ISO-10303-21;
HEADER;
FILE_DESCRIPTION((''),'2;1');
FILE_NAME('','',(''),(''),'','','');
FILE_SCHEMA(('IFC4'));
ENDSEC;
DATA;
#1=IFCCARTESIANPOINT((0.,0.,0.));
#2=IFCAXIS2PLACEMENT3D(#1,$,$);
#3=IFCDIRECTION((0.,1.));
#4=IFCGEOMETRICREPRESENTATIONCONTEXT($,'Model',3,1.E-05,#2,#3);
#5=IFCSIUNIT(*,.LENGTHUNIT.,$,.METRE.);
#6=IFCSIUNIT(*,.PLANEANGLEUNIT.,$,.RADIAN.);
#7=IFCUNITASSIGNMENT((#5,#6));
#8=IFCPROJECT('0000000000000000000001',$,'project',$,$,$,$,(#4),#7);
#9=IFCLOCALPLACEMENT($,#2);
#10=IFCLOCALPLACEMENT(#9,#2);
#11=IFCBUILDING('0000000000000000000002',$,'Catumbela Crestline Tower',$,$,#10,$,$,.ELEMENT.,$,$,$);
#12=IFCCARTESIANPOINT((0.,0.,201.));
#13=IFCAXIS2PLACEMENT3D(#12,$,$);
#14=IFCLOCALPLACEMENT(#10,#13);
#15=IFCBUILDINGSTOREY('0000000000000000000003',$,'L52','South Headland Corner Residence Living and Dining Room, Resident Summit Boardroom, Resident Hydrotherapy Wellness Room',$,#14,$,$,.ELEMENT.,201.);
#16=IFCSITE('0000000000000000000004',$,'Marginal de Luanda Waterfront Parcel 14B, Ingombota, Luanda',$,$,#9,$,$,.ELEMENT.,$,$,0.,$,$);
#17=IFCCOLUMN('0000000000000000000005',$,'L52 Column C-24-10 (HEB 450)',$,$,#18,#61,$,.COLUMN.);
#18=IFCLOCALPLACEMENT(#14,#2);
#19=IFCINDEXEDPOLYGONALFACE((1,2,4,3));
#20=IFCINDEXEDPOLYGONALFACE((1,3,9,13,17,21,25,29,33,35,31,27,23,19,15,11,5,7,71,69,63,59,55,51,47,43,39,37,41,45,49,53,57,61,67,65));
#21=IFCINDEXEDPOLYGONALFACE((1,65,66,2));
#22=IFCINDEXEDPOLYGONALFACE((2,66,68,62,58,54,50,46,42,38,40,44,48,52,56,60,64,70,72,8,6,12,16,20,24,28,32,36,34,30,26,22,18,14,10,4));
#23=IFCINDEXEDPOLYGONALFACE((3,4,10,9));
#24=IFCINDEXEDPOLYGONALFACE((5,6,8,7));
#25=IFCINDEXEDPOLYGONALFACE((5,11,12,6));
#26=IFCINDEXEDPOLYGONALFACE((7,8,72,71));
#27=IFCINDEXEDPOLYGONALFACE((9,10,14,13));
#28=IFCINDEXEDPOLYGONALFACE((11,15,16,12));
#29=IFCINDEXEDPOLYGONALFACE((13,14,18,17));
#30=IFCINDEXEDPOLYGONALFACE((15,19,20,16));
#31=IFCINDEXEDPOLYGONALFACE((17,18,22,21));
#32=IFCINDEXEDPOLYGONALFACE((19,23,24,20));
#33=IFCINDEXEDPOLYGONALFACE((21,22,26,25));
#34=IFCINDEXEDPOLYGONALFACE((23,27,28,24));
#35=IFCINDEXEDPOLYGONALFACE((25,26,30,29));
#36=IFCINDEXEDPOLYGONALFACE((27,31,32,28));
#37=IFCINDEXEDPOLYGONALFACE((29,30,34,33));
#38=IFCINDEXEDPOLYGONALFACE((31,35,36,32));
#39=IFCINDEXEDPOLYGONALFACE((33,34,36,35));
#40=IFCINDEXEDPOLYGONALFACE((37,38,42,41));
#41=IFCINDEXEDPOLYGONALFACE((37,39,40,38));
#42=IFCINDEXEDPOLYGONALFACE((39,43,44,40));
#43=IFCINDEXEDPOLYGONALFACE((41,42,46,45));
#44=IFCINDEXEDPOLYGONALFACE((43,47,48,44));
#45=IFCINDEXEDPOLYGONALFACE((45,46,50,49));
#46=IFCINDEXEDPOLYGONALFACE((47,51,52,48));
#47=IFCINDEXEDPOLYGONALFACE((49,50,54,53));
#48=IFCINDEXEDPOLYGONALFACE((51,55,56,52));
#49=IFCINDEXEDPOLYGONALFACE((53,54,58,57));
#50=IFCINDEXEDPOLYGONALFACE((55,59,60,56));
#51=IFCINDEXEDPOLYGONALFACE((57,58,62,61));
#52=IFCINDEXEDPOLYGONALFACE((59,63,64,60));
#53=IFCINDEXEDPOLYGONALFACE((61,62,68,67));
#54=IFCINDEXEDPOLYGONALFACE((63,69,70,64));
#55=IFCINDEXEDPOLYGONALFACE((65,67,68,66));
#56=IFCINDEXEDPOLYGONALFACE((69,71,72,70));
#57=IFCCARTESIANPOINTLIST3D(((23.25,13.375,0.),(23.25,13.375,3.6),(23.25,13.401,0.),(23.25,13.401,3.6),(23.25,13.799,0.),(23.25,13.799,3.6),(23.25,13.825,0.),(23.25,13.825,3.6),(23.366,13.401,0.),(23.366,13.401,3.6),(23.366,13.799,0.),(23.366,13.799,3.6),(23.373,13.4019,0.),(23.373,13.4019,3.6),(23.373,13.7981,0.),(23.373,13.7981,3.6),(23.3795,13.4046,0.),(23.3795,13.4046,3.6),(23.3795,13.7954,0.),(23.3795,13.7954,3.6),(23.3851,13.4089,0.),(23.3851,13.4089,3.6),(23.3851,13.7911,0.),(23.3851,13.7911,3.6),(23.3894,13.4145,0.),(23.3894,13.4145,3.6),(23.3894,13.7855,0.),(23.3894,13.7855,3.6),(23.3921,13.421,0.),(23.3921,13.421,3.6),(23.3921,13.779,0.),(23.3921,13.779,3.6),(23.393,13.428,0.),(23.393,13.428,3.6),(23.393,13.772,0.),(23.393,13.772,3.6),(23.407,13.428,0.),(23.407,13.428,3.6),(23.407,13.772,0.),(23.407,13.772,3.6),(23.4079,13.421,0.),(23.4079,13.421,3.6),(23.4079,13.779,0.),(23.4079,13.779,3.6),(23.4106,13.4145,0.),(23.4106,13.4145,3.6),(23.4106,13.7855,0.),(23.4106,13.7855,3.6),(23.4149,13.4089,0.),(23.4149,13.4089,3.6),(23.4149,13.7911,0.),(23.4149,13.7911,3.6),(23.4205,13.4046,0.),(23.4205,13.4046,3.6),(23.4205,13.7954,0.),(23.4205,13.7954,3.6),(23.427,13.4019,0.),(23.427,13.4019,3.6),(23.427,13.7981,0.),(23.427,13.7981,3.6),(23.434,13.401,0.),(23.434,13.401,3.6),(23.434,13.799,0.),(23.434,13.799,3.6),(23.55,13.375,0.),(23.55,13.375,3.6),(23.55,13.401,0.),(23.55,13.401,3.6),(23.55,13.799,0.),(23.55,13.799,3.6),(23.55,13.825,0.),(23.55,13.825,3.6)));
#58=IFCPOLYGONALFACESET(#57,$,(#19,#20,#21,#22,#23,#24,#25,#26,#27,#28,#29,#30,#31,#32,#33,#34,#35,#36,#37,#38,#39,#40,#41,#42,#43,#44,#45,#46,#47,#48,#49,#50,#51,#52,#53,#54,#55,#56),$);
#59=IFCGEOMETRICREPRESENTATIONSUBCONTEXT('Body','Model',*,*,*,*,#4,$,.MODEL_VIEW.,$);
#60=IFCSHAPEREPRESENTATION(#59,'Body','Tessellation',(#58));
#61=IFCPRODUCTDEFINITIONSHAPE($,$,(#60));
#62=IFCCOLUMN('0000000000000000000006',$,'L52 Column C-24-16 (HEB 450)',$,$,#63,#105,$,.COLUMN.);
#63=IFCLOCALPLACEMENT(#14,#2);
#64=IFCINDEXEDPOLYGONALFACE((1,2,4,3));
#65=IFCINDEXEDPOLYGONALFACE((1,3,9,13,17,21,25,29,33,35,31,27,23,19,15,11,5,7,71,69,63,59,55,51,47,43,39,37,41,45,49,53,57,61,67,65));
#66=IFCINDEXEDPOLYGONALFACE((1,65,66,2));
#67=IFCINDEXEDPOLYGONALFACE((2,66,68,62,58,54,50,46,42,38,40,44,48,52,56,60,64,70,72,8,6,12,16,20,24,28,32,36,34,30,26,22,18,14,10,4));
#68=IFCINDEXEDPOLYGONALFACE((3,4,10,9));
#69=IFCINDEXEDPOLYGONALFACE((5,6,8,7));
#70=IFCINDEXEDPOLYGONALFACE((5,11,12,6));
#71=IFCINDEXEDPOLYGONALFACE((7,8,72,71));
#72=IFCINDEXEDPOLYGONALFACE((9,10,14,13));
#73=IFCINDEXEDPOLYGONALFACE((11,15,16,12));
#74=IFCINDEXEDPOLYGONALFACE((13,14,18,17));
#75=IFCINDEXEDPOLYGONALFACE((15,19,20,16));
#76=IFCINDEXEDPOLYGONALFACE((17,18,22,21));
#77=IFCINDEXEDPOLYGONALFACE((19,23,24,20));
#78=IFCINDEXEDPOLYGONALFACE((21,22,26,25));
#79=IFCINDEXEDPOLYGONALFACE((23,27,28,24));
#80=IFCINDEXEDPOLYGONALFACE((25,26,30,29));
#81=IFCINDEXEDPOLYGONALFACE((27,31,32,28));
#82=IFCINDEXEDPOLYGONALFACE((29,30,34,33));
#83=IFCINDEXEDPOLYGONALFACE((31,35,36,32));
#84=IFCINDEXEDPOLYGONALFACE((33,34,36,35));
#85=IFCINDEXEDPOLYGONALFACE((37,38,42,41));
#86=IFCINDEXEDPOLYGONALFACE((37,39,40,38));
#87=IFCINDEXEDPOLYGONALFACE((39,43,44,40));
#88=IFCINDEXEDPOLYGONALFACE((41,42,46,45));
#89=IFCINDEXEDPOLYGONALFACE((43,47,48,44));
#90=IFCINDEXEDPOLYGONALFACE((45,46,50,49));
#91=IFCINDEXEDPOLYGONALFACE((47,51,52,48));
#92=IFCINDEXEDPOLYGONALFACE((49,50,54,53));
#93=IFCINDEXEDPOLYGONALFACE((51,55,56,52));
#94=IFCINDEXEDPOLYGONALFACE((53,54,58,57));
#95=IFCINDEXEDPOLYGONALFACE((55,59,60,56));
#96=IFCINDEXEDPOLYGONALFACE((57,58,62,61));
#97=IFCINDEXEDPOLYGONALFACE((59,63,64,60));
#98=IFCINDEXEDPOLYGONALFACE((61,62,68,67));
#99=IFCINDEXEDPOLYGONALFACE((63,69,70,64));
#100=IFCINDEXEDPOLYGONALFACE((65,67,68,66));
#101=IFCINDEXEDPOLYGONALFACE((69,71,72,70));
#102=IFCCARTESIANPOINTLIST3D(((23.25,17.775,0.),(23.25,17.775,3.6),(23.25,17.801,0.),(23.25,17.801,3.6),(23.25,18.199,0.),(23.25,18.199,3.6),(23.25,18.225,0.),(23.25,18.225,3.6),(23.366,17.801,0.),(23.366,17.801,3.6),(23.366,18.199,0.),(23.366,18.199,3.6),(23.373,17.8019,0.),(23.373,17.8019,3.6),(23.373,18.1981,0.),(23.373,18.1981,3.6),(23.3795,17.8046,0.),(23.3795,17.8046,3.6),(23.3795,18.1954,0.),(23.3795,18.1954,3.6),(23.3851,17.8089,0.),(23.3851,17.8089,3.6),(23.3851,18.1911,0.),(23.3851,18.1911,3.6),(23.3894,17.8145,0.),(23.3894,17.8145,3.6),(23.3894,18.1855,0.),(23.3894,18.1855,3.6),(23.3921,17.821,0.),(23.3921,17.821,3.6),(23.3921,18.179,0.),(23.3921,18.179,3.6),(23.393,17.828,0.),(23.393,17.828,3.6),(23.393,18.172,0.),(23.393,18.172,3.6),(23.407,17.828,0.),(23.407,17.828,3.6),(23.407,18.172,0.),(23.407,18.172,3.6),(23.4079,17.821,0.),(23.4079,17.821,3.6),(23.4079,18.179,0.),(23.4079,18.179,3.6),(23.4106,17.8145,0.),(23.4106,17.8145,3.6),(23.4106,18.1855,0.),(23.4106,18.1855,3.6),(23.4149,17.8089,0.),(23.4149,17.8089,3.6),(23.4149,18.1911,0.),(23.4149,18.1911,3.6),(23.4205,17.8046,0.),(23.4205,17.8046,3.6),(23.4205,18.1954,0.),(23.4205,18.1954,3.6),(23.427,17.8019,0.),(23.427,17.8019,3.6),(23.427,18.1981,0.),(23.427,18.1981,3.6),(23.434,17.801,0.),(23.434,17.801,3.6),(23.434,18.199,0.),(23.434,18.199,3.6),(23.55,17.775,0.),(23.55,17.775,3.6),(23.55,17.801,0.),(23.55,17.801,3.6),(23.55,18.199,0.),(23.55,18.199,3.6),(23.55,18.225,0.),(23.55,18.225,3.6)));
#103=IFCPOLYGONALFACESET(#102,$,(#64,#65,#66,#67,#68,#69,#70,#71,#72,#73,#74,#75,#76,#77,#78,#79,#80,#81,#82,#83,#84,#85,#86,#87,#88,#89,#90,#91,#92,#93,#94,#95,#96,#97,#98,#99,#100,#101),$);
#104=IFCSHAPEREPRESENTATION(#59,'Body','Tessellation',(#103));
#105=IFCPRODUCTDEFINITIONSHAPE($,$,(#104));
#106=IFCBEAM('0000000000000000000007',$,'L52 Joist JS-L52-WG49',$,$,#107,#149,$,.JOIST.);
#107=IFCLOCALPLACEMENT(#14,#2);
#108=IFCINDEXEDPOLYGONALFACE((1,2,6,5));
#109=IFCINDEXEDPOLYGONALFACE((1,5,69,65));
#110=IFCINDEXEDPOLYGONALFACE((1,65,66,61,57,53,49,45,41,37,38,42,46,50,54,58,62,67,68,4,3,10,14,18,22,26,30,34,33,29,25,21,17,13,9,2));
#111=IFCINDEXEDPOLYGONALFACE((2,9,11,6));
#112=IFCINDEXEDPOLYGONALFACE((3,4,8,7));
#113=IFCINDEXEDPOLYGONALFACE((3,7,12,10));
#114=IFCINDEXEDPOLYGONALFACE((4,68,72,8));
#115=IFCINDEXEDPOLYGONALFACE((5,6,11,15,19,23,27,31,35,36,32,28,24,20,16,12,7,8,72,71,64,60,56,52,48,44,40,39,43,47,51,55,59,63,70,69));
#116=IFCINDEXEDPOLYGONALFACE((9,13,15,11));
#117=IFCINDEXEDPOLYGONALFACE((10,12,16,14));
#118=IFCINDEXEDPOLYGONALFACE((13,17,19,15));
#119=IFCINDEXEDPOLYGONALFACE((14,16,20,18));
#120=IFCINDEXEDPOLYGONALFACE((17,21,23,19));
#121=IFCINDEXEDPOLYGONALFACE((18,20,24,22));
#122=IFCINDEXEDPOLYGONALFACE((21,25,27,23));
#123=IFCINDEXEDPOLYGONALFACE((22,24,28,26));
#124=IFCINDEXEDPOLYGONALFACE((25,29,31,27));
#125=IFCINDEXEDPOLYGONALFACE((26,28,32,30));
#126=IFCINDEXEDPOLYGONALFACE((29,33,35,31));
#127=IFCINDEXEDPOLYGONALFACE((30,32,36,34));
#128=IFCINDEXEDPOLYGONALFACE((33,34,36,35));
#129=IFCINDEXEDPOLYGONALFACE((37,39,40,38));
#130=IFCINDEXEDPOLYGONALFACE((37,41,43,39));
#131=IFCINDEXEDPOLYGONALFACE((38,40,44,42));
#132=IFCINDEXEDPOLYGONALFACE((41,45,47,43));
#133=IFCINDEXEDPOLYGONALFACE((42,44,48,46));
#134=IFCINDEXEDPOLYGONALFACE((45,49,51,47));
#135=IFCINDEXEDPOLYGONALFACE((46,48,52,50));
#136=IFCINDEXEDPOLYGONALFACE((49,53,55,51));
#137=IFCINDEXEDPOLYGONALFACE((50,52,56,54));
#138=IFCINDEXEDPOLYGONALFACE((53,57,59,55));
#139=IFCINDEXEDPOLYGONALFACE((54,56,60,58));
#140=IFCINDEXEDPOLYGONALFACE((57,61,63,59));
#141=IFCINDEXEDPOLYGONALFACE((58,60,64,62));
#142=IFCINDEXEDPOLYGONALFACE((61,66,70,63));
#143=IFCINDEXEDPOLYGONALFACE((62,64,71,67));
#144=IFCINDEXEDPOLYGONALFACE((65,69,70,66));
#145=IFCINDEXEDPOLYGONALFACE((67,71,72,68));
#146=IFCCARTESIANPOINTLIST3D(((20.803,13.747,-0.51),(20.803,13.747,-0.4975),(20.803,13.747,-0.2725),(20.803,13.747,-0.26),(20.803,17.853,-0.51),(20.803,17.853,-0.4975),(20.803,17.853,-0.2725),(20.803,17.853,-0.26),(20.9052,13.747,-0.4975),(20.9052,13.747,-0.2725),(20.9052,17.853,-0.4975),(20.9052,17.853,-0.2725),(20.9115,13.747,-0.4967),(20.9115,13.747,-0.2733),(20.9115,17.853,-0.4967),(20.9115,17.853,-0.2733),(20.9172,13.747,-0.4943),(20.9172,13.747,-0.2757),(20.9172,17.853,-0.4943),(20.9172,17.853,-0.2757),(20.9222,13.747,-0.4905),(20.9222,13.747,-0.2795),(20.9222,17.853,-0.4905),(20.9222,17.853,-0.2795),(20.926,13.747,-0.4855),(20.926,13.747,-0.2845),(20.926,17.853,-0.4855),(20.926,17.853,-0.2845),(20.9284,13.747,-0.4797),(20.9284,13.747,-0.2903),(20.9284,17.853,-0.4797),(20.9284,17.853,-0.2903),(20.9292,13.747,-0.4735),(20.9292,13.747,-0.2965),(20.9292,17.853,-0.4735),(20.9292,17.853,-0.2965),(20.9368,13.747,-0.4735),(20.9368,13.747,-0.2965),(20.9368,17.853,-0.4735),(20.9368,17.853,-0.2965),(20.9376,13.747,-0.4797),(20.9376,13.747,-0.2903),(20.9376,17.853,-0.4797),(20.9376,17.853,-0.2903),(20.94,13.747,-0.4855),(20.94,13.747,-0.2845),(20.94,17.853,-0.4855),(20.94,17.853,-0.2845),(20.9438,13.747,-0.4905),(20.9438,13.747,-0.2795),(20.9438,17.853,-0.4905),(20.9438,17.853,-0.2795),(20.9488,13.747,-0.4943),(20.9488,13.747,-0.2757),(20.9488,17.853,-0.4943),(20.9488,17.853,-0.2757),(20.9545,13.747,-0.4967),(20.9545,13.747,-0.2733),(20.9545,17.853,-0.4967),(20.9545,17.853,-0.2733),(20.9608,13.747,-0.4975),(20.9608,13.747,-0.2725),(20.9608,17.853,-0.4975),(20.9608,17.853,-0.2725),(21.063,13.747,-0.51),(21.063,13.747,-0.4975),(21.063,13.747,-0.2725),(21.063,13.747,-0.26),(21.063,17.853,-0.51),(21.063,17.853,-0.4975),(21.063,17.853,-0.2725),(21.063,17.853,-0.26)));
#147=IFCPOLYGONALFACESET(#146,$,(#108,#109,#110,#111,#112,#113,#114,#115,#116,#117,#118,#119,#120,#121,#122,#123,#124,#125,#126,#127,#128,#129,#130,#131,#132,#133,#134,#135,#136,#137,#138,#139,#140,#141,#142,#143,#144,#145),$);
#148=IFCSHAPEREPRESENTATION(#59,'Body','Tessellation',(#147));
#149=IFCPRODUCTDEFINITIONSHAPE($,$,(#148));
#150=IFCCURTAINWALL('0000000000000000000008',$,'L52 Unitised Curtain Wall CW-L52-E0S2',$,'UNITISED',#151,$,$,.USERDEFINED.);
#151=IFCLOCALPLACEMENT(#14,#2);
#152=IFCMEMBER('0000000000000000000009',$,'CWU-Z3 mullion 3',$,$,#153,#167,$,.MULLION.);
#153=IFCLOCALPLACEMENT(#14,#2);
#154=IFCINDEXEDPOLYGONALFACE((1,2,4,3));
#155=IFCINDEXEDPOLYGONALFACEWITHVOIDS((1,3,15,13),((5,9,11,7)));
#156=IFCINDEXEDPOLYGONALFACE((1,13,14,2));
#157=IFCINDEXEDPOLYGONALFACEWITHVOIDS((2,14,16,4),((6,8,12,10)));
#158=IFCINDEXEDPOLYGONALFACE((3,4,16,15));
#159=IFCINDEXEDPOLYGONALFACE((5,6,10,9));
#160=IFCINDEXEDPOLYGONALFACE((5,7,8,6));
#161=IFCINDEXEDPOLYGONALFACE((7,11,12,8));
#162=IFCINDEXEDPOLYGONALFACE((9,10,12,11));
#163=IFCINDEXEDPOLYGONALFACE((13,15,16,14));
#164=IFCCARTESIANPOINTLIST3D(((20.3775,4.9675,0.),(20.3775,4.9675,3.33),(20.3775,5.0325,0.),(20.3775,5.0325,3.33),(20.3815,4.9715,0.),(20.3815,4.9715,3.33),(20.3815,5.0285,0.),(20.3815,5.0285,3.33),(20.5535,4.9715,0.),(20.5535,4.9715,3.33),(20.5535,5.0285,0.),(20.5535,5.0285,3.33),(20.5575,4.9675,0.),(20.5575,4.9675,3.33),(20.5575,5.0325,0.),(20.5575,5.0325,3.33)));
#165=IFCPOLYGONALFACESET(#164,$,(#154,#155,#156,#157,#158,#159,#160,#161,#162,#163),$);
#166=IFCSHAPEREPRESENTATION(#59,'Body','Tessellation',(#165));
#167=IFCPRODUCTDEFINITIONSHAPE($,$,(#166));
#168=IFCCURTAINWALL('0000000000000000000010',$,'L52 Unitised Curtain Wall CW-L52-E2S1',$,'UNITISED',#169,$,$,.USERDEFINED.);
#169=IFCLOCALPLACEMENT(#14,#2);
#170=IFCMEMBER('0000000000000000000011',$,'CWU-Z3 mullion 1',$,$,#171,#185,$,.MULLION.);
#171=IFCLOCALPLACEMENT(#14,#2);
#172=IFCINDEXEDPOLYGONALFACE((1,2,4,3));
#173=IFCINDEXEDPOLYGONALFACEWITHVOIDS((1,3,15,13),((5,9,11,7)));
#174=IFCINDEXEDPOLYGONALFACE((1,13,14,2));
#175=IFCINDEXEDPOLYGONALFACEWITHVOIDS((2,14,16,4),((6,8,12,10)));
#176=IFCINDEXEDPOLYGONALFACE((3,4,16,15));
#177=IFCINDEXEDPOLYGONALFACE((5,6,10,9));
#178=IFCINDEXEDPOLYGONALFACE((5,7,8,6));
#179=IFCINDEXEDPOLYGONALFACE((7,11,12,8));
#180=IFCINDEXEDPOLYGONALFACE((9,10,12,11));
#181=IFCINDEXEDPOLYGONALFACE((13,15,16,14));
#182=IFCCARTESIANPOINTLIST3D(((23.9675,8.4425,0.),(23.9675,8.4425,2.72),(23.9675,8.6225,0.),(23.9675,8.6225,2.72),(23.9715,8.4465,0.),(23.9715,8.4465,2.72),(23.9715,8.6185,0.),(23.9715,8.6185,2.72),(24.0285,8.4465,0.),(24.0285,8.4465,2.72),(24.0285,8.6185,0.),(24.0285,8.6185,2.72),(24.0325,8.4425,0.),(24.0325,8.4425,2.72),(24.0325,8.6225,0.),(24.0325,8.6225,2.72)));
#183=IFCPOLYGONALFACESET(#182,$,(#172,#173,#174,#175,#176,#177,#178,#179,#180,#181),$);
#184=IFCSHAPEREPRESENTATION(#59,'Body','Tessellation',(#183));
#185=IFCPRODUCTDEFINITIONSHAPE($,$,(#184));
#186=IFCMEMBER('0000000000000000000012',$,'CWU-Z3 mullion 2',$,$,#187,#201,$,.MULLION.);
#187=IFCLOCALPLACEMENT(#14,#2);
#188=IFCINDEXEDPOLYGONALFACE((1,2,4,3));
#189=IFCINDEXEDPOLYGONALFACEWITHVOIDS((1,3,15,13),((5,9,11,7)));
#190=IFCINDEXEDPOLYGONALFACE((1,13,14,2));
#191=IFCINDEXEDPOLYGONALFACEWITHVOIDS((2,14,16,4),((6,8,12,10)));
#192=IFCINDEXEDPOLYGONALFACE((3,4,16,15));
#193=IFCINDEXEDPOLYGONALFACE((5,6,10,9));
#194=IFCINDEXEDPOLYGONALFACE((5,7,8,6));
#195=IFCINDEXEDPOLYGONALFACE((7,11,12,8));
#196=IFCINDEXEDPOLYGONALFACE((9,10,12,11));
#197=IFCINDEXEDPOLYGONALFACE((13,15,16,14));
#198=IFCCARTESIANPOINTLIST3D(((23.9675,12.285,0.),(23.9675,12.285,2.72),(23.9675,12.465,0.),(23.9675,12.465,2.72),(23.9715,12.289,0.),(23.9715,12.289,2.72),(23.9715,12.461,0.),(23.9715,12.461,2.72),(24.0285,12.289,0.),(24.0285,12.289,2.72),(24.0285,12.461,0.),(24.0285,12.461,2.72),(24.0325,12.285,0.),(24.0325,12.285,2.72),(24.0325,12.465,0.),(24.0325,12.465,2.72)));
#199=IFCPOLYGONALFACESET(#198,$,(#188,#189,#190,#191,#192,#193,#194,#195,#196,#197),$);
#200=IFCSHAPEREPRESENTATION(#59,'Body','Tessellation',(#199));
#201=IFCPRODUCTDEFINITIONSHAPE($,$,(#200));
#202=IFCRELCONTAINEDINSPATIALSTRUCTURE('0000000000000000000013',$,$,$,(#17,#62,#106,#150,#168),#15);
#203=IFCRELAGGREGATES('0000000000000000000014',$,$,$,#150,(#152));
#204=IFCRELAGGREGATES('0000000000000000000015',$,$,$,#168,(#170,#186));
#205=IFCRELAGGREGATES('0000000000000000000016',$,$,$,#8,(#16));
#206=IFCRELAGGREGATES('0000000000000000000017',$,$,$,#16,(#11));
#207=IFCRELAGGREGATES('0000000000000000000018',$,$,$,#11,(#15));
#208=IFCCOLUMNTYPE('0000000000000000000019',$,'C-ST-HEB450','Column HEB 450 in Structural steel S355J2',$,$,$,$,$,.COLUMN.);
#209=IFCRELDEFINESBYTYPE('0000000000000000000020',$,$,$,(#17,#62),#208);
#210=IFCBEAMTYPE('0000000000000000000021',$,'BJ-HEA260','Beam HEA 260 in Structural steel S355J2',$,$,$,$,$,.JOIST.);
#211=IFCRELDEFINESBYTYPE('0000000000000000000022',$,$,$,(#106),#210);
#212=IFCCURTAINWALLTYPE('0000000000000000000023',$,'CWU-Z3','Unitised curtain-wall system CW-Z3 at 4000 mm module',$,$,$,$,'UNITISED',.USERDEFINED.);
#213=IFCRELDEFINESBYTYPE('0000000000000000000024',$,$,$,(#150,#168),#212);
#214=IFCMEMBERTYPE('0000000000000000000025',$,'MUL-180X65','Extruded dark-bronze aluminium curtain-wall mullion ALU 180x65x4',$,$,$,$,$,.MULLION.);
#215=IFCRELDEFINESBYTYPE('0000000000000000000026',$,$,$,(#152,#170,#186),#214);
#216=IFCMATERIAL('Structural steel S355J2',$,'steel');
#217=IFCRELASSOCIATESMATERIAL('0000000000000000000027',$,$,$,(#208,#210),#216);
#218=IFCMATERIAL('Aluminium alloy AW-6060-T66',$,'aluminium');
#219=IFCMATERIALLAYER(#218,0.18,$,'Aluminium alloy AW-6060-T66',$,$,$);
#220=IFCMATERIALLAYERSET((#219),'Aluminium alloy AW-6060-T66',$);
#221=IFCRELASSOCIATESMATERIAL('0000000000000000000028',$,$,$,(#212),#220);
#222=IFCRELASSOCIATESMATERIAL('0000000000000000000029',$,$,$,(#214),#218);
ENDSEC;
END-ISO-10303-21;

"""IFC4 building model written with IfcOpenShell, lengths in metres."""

from ifc_helpers import new_model, si_unit, direction, frame, origin, origin_2d, place, context, subcontext, project, spatial, hollow_rectangle, i_section, extrude, material, layer, layer_set, material_profile, profile_set, type_object, element, aggregate, save


model = new_model("IFC4")

# Units and contexts
model_context = context("Model", 3, precision=1e-05, world=origin(), true_north=direction((0.0, 1.0)))
body_context = subcontext(model_context, "Body", "Model", "MODEL_VIEW")
ifc_project = project(units=[si_unit("LENGTHUNIT", "METRE"), si_unit("PLANEANGLEUNIT", "RADIAN")], contexts=[model_context])

# Site, building, storey
site_placement = place(None, origin())
site = spatial("IfcSite", under=ifc_project, at=site_placement, Name="Marginal de Luanda Waterfront Parcel 14B, Ingombota, Luanda", CompositionType="ELEMENT", RefElevation=0.0)
building_placement = place(site_placement, origin())
building = spatial("IfcBuilding", under=site, at=building_placement, Name="Catumbela Crestline Tower", CompositionType="ELEMENT")
storey_placement = place(building_placement, frame((0.0, 0.0, 201.0)))
storey = spatial("IfcBuildingStorey", under=building, at=storey_placement, Name="L52", Description="South Headland Corner Residence Living and Dining Room, Resident Summit Boardroom, Resident Hydrotherapy Wellness Room", CompositionType="ELEMENT", Elevation=201.0)

# Columns
ifc_material_1 = material(Name="Structural steel S355J2", Category="steel")
ifc_material_profile_1 = material_profile(ifc_material_1, i_section(OverallWidth=0.3, OverallDepth=0.45, WebThickness=0.014, FlangeThickness=0.026, FilletRadius=0.027, at=origin_2d()), Name="HEB 450")
ifc_profile_set_1 = profile_set([ifc_material_profile_1], Name="Structural steel S355J2")
column_type = type_object("IfcColumnType", Name="C-ST-HEB450", Description="Column HEB 450 in Structural steel S355J2", PredefinedType="COLUMN", material=ifc_profile_set_1)
for number, where, z_axis, x_axis, name in (
    (1, (23.4, 13.6, 0.0), (0.0, 0.0, 1.0), (1.0, 0.0, 0.0), "L52 Column C-24-10 (HEB 450)"),
    (2, (23.4, 18.0, 0.0), (0.0, 0.0, 1.0), (1.0, 0.0, 0.0), "L52 Column C-24-16 (HEB 450)"),
):
    element("IfcColumn", number, at=place(storey_placement, frame(where, z_axis=z_axis, x_axis=x_axis)), inside=storey, type_object=column_type, Name=name, PredefinedType="COLUMN", context=body_context, shape_type="SweptSolid", body=[
        extrude(i_section(OverallWidth=0.3, OverallDepth=0.45, WebThickness=0.014, FlangeThickness=0.026, FilletRadius=0.027, at=origin_2d()), origin(), (0.0, 0.0, 1.0), 3.6),
    ])

# Beam
ifc_material_profile_2 = material_profile(ifc_material_1, i_section(OverallWidth=0.26, OverallDepth=0.25, WebThickness=0.0075, FlangeThickness=0.0125, FilletRadius=0.024, at=origin_2d()), Name="HEA 260")
ifc_profile_set_2 = profile_set([ifc_material_profile_2], Name="Structural steel S355J2")
beam_type_1 = type_object("IfcBeamType", Name="BJ-HEA260", Description="Beam HEA 260 in Structural steel S355J2", PredefinedType="JOIST", material=ifc_profile_set_2)
beam_1_placement = place(storey_placement, frame((20.933, 13.747, -0.385), z_axis=(0.0, 1.0, 0.0), x_axis=(-1.0, 0.0, 0.0)))
element("IfcBeam", 3, at=beam_1_placement, inside=storey, type_object=beam_type_1, Name="L52 Joist JS-L52-WG49", PredefinedType="JOIST", context=body_context, shape_type="SweptSolid", body=[
    extrude(i_section(OverallWidth=0.26, OverallDepth=0.25, WebThickness=0.0075, FlangeThickness=0.0125, FilletRadius=0.024, at=origin_2d()), origin(), (0.0, 0.0, 1.0), 4.106),
])

# Curtain wall, member
ifc_material_2 = material(Name="Aluminium alloy AW-6060-T66", Category="aluminium")
ifc_layer_1 = layer(ifc_material_2, 0.18, Name="Aluminium alloy AW-6060-T66")
ifc_layer_set_1 = layer_set([ifc_layer_1], Name="Aluminium alloy AW-6060-T66")
curtain_wall_type = type_object("IfcCurtainWallType", Name="CWU-Z3", Description="Unitised curtain-wall system CW-Z3 at 4000 mm module", ElementType="UNITISED", PredefinedType="USERDEFINED", material=ifc_layer_set_1)
curtain_wall_1_placement = place(storey_placement, origin())
curtain_wall_1 = element("IfcCurtainWall", 4, at=curtain_wall_1_placement, inside=storey, type_object=curtain_wall_type, Name="L52 Unitised Curtain Wall CW-L52-E0S2", ObjectType="UNITISED", PredefinedType="USERDEFINED")
ifc_material_profile_3 = material_profile(ifc_material_2, hollow_rectangle(XDim=0.065, YDim=0.18, WallThickness=0.004, at=origin_2d()), Name="ALU 180x65x4")
ifc_profile_set_3 = profile_set([ifc_material_profile_3], Name="Aluminium alloy AW-6060-T66")
member_type_1 = type_object("IfcMemberType", Name="MUL-180X65", Description="Extruded dark-bronze aluminium curtain-wall mullion ALU 180x65x4", PredefinedType="MULLION", material=ifc_profile_set_3)
member_1_placement = place(storey_placement, frame((20.4675, 5.0, 0.0), z_axis=(0.0, 0.0, 1.0), x_axis=(0.0, 1.0, 0.0)))
member_1 = element("IfcMember", 5, at=member_1_placement, type_object=member_type_1, Name="CWU-Z3 mullion 3", PredefinedType="MULLION", context=body_context, shape_type="SweptSolid", body=[
    extrude(hollow_rectangle(XDim=0.065, YDim=0.18, WallThickness=0.004, at=origin_2d()), origin(), (0.0, 0.0, 1.0), 3.33),
])
aggregate(curtain_wall_1, [member_1])

# Curtain wall, members
curtain_wall_2_placement = place(storey_placement, origin())
curtain_wall_2 = element("IfcCurtainWall", 6, at=curtain_wall_2_placement, inside=storey, type_object=curtain_wall_type, Name="L52 Unitised Curtain Wall CW-L52-E2S1", ObjectType="UNITISED", PredefinedType="USERDEFINED")
member_2_placement = place(storey_placement, frame((24.0, 8.5325, 0.0), z_axis=(0.0, 0.0, 1.0), x_axis=(-1.0, 0.0, 0.0)))
member_2 = element("IfcMember", 7, at=member_2_placement, type_object=member_type_1, Name="CWU-Z3 mullion 1", PredefinedType="MULLION", context=body_context, shape_type="SweptSolid", body=[
    extrude(hollow_rectangle(XDim=0.065, YDim=0.18, WallThickness=0.004, at=origin_2d()), origin(), (0.0, 0.0, 1.0), 2.72),
])
member_3_placement = place(storey_placement, frame((24.0, 12.375, 0.0), z_axis=(0.0, 0.0, 1.0), x_axis=(-1.0, 0.0, 0.0)))
member_3 = element("IfcMember", 8, at=member_3_placement, type_object=member_type_1, Name="CWU-Z3 mullion 2", PredefinedType="MULLION", context=body_context, shape_type="SweptSolid", body=[
    extrude(hollow_rectangle(XDim=0.065, YDim=0.18, WallThickness=0.004, at=origin_2d()), origin(), (0.0, 0.0, 1.0), 2.72),
])

aggregate(curtain_wall_2, [member_2, member_3])

save(model, "model.ifc")
